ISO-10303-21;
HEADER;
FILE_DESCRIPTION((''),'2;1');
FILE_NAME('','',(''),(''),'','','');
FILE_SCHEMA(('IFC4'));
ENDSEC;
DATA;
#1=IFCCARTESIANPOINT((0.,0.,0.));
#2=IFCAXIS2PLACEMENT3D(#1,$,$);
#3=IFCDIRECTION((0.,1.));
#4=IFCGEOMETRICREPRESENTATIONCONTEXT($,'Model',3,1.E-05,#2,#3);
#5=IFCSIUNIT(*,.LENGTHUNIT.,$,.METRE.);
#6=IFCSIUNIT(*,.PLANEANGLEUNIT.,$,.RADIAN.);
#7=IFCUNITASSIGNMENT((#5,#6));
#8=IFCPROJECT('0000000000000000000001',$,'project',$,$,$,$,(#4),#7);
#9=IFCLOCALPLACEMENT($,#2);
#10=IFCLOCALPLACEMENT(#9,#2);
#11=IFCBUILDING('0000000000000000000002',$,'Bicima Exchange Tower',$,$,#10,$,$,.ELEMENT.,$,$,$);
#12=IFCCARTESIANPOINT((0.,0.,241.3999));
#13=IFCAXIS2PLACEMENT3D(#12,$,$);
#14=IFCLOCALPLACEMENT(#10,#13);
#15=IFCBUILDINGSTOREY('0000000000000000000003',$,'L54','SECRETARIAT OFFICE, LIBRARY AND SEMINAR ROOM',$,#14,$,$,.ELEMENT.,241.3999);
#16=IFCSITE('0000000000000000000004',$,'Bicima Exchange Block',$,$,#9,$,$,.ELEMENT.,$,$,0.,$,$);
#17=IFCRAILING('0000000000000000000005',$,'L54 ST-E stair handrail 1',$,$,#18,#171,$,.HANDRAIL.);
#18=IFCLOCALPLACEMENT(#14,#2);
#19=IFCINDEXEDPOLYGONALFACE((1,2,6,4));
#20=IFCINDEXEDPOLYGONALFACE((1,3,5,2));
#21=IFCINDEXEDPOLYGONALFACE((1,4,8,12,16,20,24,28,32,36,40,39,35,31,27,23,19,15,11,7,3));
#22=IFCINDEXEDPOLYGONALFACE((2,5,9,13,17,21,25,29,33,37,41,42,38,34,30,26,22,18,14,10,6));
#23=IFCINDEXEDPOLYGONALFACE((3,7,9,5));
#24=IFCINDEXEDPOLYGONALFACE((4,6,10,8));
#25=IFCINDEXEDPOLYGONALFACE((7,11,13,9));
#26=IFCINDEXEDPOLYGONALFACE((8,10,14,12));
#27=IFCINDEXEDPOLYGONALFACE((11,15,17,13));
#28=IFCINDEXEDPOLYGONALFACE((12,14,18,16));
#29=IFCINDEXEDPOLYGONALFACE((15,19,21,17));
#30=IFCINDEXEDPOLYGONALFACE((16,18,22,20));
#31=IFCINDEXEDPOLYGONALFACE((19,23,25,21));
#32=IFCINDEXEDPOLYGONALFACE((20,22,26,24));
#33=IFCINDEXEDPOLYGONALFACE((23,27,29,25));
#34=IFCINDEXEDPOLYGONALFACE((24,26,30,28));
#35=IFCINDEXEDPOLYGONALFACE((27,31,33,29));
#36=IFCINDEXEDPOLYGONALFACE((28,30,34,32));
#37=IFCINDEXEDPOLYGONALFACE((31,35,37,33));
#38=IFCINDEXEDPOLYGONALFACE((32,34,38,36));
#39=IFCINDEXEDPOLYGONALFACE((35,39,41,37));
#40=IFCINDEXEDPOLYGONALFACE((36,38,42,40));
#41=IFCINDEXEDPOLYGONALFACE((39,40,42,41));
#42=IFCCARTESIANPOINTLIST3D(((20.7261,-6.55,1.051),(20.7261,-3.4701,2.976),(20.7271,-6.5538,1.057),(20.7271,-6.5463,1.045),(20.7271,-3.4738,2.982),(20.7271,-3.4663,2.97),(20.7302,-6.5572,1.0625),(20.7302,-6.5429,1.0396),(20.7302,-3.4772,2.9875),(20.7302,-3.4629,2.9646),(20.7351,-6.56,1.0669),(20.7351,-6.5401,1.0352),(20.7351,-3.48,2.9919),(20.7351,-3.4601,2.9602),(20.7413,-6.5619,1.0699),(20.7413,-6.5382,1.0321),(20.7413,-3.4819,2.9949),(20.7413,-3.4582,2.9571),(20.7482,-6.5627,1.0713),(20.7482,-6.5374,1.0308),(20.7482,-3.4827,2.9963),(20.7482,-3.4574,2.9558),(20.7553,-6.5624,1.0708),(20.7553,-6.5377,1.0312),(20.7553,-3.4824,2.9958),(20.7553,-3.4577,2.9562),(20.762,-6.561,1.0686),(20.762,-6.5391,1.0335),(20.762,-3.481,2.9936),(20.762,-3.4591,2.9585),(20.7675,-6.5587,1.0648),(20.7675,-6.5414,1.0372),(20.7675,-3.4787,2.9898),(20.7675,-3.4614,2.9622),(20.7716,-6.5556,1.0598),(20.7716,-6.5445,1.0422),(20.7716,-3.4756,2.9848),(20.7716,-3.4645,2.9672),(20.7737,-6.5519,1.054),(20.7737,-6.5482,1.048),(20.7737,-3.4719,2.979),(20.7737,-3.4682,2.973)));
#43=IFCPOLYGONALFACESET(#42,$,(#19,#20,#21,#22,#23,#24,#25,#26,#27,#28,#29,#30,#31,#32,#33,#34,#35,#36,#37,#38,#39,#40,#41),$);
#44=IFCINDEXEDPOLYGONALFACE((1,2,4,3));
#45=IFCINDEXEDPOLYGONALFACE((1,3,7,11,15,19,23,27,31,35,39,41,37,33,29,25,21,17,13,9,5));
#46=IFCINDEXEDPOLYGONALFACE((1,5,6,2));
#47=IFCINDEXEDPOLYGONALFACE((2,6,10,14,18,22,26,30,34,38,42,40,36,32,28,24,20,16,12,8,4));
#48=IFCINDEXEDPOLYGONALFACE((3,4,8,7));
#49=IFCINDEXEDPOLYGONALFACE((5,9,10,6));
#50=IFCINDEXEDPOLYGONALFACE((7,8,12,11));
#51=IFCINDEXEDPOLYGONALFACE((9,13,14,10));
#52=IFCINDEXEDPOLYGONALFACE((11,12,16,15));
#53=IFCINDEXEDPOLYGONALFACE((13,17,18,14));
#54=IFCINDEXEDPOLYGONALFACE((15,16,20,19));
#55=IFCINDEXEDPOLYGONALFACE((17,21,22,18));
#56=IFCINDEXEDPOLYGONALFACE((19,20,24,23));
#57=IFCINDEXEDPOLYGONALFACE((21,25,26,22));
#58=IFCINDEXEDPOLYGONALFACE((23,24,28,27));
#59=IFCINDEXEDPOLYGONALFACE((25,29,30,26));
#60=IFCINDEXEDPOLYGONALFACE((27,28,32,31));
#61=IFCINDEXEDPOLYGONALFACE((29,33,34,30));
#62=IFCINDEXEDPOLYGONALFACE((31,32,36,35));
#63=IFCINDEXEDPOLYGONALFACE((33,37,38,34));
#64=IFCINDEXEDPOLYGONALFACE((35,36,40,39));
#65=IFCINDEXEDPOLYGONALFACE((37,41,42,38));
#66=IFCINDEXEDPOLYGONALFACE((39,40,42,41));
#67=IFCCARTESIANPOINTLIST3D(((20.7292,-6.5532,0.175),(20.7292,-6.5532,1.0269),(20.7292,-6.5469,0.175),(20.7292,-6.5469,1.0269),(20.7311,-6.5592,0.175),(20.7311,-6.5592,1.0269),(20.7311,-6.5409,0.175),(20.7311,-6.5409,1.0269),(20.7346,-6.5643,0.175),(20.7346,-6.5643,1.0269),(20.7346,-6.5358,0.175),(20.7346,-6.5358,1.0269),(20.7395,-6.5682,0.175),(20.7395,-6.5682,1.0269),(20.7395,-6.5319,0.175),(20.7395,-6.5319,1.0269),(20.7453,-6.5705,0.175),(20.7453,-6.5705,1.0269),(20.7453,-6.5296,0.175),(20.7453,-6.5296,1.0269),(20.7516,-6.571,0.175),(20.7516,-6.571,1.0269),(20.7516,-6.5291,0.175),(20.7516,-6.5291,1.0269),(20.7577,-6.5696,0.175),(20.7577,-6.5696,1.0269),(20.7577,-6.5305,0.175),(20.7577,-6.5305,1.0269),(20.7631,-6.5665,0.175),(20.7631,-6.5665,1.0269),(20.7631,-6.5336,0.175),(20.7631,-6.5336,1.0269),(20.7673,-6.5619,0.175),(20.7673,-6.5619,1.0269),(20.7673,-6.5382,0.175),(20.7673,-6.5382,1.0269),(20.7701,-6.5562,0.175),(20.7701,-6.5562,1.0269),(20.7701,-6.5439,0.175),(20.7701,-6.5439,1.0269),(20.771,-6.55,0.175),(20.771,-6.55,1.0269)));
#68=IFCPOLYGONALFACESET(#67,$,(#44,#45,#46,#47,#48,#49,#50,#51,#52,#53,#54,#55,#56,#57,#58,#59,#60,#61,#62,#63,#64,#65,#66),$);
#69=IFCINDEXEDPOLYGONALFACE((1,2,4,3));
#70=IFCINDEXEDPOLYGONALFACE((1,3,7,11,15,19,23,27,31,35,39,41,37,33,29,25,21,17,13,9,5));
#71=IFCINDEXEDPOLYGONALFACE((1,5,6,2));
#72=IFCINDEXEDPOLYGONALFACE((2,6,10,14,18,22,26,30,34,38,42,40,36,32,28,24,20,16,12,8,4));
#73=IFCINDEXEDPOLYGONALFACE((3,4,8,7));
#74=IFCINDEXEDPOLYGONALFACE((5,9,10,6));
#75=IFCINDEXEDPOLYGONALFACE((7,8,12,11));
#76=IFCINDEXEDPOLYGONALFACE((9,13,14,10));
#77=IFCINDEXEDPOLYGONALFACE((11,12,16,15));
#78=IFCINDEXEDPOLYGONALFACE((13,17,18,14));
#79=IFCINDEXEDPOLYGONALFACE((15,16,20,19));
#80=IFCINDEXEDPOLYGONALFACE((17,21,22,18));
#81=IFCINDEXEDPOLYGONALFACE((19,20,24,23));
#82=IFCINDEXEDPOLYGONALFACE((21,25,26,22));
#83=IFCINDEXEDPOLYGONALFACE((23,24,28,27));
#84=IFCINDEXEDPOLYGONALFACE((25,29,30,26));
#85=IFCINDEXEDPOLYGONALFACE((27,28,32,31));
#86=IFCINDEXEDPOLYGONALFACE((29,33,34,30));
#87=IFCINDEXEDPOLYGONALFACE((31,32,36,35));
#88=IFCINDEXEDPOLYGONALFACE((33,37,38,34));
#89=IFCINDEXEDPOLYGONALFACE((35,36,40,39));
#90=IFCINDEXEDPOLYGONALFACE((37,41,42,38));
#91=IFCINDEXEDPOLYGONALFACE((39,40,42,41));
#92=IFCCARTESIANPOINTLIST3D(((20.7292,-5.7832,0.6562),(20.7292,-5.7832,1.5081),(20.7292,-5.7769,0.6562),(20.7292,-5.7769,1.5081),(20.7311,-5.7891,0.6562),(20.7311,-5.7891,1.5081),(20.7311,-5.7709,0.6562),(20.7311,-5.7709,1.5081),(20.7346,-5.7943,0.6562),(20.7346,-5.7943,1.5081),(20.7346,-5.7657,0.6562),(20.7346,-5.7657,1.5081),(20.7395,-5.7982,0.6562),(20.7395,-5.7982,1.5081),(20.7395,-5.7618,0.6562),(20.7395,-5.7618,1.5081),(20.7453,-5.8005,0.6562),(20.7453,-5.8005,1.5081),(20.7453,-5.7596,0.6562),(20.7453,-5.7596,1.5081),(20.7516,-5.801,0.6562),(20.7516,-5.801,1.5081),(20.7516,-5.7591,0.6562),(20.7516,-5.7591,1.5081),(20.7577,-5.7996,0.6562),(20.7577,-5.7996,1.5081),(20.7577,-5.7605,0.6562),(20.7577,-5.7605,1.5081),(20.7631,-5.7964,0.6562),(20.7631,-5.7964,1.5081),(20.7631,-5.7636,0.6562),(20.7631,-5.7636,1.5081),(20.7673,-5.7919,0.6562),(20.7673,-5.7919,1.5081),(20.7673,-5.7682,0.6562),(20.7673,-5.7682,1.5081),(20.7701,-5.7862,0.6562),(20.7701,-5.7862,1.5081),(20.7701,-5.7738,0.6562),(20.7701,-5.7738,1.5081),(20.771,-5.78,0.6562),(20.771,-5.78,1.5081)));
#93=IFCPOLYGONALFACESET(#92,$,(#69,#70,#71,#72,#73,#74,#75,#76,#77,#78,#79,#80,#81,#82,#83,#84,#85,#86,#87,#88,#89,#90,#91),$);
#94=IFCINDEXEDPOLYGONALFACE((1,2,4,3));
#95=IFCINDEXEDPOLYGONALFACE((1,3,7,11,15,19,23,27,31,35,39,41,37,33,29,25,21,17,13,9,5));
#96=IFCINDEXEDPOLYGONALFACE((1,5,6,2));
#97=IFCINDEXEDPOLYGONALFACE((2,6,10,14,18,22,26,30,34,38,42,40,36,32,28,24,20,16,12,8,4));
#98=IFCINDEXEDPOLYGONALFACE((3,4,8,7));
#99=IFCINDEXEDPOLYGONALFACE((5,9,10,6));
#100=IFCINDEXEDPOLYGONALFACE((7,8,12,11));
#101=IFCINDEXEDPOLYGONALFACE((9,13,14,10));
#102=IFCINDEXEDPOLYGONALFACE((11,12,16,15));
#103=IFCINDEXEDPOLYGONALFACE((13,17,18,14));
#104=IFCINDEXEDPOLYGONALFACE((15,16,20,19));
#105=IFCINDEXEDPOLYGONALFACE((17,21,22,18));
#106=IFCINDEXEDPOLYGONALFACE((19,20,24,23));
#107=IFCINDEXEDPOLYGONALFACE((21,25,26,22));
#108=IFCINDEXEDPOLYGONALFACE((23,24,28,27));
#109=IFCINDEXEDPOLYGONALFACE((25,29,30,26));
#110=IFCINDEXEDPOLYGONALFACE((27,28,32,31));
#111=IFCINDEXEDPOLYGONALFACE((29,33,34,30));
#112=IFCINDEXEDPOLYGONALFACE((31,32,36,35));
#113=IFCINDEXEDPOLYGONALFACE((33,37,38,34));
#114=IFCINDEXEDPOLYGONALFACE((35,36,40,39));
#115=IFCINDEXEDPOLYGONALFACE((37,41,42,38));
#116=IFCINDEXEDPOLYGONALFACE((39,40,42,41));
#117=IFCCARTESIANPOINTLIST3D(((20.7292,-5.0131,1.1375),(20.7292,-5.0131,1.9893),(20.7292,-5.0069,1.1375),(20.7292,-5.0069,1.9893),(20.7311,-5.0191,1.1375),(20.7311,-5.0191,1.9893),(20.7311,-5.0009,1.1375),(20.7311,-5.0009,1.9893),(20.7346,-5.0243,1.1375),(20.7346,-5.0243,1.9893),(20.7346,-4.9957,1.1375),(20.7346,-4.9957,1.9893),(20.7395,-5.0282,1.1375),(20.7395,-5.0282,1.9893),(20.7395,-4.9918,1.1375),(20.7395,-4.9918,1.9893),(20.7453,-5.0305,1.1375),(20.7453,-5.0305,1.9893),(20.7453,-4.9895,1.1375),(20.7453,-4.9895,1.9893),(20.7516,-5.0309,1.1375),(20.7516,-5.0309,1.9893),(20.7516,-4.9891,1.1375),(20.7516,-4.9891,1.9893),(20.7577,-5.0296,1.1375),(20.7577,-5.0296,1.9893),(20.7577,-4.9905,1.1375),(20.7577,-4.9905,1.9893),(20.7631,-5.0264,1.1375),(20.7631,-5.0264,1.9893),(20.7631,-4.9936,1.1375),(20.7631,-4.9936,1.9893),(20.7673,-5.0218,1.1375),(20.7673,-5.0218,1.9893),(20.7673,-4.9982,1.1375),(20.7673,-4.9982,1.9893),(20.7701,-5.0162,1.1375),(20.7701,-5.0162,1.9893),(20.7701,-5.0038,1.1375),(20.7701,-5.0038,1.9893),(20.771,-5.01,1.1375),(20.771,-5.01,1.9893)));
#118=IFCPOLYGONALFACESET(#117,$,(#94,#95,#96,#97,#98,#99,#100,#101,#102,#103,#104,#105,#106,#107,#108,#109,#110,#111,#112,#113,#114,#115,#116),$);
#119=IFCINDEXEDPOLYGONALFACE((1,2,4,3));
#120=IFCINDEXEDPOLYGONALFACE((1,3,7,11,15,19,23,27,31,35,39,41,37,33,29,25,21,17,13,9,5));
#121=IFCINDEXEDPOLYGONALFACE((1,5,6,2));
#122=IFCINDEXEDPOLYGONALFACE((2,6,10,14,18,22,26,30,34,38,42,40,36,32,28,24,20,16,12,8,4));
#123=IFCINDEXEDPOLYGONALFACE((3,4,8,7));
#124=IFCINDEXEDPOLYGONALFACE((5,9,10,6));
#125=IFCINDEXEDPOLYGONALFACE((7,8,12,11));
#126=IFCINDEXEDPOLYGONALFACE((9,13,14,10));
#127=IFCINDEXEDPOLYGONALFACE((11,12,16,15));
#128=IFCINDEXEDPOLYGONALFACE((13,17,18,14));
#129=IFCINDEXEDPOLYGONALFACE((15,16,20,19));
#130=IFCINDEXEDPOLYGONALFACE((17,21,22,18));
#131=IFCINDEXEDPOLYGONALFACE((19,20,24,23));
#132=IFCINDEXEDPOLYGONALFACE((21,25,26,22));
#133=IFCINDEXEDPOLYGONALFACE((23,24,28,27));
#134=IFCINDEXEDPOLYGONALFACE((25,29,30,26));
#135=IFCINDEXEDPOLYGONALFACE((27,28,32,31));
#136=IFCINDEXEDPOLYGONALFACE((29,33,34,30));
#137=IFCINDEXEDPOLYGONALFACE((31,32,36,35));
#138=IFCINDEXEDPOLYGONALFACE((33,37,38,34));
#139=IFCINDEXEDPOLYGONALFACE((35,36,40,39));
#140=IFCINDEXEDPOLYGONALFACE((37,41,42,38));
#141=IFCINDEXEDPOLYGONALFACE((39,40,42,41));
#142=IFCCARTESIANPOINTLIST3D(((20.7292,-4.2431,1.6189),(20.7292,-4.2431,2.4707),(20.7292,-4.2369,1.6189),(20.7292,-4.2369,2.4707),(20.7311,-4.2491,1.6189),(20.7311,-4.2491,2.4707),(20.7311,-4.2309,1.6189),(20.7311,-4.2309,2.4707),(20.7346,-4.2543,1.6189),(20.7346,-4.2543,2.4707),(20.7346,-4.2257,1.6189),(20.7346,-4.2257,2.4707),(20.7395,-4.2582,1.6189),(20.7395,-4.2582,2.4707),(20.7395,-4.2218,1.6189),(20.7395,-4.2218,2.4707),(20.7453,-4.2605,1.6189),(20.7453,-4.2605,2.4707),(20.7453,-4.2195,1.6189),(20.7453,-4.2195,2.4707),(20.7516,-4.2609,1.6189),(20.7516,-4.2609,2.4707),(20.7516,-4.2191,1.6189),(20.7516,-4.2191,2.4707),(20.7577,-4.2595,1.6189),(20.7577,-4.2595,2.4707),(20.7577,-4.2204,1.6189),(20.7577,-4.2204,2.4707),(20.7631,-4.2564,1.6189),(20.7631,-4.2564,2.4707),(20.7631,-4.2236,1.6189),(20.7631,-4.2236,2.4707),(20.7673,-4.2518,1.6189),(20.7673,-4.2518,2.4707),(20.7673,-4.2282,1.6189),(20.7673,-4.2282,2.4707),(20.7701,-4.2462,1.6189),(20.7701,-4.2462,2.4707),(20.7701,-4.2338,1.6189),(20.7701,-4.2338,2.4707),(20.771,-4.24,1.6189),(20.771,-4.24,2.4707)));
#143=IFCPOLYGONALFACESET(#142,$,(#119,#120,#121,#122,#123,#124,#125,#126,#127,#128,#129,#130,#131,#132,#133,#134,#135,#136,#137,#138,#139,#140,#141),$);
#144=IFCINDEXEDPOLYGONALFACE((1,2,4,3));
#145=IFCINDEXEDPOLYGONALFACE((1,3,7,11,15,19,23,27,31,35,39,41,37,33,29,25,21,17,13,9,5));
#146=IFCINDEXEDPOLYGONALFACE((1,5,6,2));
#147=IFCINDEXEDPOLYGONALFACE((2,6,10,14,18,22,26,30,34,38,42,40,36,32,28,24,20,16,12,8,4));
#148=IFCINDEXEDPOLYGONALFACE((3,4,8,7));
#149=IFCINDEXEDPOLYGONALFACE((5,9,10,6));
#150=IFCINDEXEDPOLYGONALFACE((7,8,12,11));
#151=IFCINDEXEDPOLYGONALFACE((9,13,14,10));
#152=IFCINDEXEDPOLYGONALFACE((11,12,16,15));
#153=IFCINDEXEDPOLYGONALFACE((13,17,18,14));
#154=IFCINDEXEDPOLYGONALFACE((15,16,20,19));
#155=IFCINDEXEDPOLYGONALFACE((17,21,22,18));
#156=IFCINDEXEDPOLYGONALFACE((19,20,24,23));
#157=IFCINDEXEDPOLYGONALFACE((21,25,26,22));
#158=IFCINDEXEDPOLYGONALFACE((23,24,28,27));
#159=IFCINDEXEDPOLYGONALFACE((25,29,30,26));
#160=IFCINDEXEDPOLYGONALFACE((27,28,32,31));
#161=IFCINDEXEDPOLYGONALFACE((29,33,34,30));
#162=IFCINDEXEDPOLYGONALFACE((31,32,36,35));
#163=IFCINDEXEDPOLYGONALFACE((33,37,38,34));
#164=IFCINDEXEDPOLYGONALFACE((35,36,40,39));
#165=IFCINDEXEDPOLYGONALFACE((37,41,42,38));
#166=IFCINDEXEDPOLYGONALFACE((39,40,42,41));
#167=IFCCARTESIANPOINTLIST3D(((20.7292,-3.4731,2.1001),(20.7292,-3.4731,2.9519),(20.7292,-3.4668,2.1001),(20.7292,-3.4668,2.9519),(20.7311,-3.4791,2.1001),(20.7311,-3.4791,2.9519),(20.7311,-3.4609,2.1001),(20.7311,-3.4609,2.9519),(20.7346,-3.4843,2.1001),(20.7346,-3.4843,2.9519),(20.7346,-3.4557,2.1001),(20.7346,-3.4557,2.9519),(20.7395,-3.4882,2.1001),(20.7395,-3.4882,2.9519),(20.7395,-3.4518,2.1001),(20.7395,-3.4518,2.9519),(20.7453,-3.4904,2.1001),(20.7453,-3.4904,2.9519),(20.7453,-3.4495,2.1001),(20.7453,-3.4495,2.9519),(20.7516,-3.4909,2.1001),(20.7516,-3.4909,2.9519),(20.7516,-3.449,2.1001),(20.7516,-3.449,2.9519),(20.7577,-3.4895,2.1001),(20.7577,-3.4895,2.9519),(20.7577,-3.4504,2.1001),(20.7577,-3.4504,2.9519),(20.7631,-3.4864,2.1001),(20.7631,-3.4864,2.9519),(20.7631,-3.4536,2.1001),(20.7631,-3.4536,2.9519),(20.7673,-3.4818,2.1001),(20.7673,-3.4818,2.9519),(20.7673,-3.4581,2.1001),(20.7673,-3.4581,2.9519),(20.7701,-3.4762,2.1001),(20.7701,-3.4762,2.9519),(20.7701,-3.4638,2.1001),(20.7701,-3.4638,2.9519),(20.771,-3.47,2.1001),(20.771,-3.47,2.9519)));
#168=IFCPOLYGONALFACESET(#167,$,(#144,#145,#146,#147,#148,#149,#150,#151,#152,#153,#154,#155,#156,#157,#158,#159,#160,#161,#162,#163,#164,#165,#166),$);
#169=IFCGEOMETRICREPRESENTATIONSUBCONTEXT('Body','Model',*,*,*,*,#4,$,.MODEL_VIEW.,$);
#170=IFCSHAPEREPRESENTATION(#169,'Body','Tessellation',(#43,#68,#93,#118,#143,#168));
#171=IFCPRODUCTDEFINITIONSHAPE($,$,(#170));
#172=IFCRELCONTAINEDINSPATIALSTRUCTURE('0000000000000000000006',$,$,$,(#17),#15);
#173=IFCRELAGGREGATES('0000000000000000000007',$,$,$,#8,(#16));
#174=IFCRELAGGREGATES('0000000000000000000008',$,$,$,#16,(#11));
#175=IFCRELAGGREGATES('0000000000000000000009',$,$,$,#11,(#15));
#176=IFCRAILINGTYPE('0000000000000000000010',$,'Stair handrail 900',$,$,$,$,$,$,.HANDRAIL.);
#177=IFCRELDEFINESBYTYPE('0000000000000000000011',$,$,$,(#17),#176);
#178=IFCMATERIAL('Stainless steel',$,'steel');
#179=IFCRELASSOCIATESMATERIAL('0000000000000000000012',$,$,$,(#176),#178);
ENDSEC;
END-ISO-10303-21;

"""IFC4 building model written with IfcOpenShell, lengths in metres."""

from ifc_helpers import new_model, si_unit, direction, frame, origin, origin_2d, place, context, subcontext, project, spatial, circle, extrude, material, type_object, element, save


model = new_model("IFC4")

# Units and contexts
model_context = context("Model", 3, precision=1e-05, world=origin(), true_north=direction((0.0, 1.0)))
body_context = subcontext(model_context, "Body", "Model", "MODEL_VIEW")
ifc_project = project(units=[si_unit("LENGTHUNIT", "METRE"), si_unit("PLANEANGLEUNIT", "RADIAN")], contexts=[model_context])

# Site, building, storey
site_placement = place(None, origin())
site = spatial("IfcSite", under=ifc_project, at=site_placement, Name="Bicima Exchange Block", CompositionType="ELEMENT", RefElevation=0.0)
building_placement = place(site_placement, origin())
building = spatial("IfcBuilding", under=site, at=building_placement, Name="Bicima Exchange Tower", CompositionType="ELEMENT")
storey_placement = place(building_placement, frame((0.0, 0.0, 241.3999)))
storey = spatial("IfcBuildingStorey", under=building, at=storey_placement, Name="L54", Description="SECRETARIAT OFFICE, LIBRARY AND SEMINAR ROOM", CompositionType="ELEMENT", Elevation=241.3999)

# Railing
ifc_material_1 = material(Name="Stainless steel", Category="steel")
railing_type_1 = type_object("IfcRailingType", Name="Stair handrail 900", PredefinedType="HANDRAIL", material=ifc_material_1)
railing_1_placement = place(storey_placement, frame((20.75, -6.55, 0.175)))
element("IfcRailing", 1, at=railing_1_placement, inside=storey, type_object=railing_type_1, Name="L54 ST-E stair handrail 1", PredefinedType="HANDRAIL", context=body_context, shape_type="SweptSolid", body=[
    extrude(circle(Radius=0.0239, at=origin_2d()), frame((0.0, 0.0, 0.876), z_axis=(0.0, 0.847998, 0.529999), x_axis=(-1.0, 0.0, 0.0)), (0.0, 0.0, 1.0), 3.6321),
    extrude(circle(Radius=0.021, at=origin_2d()), origin(), (0.0, 0.0, 1.0), 0.8518),
    extrude(circle(Radius=0.021, at=origin_2d()), frame((0.0, 0.77, 0.4812)), (0.0, 0.0, 1.0), 0.8518),
    extrude(circle(Radius=0.021, at=origin_2d()), frame((0.0, 1.54, 0.9624)), (0.0, 0.0, 1.0), 0.8518),
    extrude(circle(Radius=0.021, at=origin_2d()), frame((0.0, 2.3101, 1.4438)), (0.0, 0.0, 1.0), 0.8518),
    extrude(circle(Radius=0.021, at=origin_2d()), frame((0.0, 3.0801, 1.925)), (0.0, 0.0, 1.0), 0.8518),
])

save(model, "model.ifc")
